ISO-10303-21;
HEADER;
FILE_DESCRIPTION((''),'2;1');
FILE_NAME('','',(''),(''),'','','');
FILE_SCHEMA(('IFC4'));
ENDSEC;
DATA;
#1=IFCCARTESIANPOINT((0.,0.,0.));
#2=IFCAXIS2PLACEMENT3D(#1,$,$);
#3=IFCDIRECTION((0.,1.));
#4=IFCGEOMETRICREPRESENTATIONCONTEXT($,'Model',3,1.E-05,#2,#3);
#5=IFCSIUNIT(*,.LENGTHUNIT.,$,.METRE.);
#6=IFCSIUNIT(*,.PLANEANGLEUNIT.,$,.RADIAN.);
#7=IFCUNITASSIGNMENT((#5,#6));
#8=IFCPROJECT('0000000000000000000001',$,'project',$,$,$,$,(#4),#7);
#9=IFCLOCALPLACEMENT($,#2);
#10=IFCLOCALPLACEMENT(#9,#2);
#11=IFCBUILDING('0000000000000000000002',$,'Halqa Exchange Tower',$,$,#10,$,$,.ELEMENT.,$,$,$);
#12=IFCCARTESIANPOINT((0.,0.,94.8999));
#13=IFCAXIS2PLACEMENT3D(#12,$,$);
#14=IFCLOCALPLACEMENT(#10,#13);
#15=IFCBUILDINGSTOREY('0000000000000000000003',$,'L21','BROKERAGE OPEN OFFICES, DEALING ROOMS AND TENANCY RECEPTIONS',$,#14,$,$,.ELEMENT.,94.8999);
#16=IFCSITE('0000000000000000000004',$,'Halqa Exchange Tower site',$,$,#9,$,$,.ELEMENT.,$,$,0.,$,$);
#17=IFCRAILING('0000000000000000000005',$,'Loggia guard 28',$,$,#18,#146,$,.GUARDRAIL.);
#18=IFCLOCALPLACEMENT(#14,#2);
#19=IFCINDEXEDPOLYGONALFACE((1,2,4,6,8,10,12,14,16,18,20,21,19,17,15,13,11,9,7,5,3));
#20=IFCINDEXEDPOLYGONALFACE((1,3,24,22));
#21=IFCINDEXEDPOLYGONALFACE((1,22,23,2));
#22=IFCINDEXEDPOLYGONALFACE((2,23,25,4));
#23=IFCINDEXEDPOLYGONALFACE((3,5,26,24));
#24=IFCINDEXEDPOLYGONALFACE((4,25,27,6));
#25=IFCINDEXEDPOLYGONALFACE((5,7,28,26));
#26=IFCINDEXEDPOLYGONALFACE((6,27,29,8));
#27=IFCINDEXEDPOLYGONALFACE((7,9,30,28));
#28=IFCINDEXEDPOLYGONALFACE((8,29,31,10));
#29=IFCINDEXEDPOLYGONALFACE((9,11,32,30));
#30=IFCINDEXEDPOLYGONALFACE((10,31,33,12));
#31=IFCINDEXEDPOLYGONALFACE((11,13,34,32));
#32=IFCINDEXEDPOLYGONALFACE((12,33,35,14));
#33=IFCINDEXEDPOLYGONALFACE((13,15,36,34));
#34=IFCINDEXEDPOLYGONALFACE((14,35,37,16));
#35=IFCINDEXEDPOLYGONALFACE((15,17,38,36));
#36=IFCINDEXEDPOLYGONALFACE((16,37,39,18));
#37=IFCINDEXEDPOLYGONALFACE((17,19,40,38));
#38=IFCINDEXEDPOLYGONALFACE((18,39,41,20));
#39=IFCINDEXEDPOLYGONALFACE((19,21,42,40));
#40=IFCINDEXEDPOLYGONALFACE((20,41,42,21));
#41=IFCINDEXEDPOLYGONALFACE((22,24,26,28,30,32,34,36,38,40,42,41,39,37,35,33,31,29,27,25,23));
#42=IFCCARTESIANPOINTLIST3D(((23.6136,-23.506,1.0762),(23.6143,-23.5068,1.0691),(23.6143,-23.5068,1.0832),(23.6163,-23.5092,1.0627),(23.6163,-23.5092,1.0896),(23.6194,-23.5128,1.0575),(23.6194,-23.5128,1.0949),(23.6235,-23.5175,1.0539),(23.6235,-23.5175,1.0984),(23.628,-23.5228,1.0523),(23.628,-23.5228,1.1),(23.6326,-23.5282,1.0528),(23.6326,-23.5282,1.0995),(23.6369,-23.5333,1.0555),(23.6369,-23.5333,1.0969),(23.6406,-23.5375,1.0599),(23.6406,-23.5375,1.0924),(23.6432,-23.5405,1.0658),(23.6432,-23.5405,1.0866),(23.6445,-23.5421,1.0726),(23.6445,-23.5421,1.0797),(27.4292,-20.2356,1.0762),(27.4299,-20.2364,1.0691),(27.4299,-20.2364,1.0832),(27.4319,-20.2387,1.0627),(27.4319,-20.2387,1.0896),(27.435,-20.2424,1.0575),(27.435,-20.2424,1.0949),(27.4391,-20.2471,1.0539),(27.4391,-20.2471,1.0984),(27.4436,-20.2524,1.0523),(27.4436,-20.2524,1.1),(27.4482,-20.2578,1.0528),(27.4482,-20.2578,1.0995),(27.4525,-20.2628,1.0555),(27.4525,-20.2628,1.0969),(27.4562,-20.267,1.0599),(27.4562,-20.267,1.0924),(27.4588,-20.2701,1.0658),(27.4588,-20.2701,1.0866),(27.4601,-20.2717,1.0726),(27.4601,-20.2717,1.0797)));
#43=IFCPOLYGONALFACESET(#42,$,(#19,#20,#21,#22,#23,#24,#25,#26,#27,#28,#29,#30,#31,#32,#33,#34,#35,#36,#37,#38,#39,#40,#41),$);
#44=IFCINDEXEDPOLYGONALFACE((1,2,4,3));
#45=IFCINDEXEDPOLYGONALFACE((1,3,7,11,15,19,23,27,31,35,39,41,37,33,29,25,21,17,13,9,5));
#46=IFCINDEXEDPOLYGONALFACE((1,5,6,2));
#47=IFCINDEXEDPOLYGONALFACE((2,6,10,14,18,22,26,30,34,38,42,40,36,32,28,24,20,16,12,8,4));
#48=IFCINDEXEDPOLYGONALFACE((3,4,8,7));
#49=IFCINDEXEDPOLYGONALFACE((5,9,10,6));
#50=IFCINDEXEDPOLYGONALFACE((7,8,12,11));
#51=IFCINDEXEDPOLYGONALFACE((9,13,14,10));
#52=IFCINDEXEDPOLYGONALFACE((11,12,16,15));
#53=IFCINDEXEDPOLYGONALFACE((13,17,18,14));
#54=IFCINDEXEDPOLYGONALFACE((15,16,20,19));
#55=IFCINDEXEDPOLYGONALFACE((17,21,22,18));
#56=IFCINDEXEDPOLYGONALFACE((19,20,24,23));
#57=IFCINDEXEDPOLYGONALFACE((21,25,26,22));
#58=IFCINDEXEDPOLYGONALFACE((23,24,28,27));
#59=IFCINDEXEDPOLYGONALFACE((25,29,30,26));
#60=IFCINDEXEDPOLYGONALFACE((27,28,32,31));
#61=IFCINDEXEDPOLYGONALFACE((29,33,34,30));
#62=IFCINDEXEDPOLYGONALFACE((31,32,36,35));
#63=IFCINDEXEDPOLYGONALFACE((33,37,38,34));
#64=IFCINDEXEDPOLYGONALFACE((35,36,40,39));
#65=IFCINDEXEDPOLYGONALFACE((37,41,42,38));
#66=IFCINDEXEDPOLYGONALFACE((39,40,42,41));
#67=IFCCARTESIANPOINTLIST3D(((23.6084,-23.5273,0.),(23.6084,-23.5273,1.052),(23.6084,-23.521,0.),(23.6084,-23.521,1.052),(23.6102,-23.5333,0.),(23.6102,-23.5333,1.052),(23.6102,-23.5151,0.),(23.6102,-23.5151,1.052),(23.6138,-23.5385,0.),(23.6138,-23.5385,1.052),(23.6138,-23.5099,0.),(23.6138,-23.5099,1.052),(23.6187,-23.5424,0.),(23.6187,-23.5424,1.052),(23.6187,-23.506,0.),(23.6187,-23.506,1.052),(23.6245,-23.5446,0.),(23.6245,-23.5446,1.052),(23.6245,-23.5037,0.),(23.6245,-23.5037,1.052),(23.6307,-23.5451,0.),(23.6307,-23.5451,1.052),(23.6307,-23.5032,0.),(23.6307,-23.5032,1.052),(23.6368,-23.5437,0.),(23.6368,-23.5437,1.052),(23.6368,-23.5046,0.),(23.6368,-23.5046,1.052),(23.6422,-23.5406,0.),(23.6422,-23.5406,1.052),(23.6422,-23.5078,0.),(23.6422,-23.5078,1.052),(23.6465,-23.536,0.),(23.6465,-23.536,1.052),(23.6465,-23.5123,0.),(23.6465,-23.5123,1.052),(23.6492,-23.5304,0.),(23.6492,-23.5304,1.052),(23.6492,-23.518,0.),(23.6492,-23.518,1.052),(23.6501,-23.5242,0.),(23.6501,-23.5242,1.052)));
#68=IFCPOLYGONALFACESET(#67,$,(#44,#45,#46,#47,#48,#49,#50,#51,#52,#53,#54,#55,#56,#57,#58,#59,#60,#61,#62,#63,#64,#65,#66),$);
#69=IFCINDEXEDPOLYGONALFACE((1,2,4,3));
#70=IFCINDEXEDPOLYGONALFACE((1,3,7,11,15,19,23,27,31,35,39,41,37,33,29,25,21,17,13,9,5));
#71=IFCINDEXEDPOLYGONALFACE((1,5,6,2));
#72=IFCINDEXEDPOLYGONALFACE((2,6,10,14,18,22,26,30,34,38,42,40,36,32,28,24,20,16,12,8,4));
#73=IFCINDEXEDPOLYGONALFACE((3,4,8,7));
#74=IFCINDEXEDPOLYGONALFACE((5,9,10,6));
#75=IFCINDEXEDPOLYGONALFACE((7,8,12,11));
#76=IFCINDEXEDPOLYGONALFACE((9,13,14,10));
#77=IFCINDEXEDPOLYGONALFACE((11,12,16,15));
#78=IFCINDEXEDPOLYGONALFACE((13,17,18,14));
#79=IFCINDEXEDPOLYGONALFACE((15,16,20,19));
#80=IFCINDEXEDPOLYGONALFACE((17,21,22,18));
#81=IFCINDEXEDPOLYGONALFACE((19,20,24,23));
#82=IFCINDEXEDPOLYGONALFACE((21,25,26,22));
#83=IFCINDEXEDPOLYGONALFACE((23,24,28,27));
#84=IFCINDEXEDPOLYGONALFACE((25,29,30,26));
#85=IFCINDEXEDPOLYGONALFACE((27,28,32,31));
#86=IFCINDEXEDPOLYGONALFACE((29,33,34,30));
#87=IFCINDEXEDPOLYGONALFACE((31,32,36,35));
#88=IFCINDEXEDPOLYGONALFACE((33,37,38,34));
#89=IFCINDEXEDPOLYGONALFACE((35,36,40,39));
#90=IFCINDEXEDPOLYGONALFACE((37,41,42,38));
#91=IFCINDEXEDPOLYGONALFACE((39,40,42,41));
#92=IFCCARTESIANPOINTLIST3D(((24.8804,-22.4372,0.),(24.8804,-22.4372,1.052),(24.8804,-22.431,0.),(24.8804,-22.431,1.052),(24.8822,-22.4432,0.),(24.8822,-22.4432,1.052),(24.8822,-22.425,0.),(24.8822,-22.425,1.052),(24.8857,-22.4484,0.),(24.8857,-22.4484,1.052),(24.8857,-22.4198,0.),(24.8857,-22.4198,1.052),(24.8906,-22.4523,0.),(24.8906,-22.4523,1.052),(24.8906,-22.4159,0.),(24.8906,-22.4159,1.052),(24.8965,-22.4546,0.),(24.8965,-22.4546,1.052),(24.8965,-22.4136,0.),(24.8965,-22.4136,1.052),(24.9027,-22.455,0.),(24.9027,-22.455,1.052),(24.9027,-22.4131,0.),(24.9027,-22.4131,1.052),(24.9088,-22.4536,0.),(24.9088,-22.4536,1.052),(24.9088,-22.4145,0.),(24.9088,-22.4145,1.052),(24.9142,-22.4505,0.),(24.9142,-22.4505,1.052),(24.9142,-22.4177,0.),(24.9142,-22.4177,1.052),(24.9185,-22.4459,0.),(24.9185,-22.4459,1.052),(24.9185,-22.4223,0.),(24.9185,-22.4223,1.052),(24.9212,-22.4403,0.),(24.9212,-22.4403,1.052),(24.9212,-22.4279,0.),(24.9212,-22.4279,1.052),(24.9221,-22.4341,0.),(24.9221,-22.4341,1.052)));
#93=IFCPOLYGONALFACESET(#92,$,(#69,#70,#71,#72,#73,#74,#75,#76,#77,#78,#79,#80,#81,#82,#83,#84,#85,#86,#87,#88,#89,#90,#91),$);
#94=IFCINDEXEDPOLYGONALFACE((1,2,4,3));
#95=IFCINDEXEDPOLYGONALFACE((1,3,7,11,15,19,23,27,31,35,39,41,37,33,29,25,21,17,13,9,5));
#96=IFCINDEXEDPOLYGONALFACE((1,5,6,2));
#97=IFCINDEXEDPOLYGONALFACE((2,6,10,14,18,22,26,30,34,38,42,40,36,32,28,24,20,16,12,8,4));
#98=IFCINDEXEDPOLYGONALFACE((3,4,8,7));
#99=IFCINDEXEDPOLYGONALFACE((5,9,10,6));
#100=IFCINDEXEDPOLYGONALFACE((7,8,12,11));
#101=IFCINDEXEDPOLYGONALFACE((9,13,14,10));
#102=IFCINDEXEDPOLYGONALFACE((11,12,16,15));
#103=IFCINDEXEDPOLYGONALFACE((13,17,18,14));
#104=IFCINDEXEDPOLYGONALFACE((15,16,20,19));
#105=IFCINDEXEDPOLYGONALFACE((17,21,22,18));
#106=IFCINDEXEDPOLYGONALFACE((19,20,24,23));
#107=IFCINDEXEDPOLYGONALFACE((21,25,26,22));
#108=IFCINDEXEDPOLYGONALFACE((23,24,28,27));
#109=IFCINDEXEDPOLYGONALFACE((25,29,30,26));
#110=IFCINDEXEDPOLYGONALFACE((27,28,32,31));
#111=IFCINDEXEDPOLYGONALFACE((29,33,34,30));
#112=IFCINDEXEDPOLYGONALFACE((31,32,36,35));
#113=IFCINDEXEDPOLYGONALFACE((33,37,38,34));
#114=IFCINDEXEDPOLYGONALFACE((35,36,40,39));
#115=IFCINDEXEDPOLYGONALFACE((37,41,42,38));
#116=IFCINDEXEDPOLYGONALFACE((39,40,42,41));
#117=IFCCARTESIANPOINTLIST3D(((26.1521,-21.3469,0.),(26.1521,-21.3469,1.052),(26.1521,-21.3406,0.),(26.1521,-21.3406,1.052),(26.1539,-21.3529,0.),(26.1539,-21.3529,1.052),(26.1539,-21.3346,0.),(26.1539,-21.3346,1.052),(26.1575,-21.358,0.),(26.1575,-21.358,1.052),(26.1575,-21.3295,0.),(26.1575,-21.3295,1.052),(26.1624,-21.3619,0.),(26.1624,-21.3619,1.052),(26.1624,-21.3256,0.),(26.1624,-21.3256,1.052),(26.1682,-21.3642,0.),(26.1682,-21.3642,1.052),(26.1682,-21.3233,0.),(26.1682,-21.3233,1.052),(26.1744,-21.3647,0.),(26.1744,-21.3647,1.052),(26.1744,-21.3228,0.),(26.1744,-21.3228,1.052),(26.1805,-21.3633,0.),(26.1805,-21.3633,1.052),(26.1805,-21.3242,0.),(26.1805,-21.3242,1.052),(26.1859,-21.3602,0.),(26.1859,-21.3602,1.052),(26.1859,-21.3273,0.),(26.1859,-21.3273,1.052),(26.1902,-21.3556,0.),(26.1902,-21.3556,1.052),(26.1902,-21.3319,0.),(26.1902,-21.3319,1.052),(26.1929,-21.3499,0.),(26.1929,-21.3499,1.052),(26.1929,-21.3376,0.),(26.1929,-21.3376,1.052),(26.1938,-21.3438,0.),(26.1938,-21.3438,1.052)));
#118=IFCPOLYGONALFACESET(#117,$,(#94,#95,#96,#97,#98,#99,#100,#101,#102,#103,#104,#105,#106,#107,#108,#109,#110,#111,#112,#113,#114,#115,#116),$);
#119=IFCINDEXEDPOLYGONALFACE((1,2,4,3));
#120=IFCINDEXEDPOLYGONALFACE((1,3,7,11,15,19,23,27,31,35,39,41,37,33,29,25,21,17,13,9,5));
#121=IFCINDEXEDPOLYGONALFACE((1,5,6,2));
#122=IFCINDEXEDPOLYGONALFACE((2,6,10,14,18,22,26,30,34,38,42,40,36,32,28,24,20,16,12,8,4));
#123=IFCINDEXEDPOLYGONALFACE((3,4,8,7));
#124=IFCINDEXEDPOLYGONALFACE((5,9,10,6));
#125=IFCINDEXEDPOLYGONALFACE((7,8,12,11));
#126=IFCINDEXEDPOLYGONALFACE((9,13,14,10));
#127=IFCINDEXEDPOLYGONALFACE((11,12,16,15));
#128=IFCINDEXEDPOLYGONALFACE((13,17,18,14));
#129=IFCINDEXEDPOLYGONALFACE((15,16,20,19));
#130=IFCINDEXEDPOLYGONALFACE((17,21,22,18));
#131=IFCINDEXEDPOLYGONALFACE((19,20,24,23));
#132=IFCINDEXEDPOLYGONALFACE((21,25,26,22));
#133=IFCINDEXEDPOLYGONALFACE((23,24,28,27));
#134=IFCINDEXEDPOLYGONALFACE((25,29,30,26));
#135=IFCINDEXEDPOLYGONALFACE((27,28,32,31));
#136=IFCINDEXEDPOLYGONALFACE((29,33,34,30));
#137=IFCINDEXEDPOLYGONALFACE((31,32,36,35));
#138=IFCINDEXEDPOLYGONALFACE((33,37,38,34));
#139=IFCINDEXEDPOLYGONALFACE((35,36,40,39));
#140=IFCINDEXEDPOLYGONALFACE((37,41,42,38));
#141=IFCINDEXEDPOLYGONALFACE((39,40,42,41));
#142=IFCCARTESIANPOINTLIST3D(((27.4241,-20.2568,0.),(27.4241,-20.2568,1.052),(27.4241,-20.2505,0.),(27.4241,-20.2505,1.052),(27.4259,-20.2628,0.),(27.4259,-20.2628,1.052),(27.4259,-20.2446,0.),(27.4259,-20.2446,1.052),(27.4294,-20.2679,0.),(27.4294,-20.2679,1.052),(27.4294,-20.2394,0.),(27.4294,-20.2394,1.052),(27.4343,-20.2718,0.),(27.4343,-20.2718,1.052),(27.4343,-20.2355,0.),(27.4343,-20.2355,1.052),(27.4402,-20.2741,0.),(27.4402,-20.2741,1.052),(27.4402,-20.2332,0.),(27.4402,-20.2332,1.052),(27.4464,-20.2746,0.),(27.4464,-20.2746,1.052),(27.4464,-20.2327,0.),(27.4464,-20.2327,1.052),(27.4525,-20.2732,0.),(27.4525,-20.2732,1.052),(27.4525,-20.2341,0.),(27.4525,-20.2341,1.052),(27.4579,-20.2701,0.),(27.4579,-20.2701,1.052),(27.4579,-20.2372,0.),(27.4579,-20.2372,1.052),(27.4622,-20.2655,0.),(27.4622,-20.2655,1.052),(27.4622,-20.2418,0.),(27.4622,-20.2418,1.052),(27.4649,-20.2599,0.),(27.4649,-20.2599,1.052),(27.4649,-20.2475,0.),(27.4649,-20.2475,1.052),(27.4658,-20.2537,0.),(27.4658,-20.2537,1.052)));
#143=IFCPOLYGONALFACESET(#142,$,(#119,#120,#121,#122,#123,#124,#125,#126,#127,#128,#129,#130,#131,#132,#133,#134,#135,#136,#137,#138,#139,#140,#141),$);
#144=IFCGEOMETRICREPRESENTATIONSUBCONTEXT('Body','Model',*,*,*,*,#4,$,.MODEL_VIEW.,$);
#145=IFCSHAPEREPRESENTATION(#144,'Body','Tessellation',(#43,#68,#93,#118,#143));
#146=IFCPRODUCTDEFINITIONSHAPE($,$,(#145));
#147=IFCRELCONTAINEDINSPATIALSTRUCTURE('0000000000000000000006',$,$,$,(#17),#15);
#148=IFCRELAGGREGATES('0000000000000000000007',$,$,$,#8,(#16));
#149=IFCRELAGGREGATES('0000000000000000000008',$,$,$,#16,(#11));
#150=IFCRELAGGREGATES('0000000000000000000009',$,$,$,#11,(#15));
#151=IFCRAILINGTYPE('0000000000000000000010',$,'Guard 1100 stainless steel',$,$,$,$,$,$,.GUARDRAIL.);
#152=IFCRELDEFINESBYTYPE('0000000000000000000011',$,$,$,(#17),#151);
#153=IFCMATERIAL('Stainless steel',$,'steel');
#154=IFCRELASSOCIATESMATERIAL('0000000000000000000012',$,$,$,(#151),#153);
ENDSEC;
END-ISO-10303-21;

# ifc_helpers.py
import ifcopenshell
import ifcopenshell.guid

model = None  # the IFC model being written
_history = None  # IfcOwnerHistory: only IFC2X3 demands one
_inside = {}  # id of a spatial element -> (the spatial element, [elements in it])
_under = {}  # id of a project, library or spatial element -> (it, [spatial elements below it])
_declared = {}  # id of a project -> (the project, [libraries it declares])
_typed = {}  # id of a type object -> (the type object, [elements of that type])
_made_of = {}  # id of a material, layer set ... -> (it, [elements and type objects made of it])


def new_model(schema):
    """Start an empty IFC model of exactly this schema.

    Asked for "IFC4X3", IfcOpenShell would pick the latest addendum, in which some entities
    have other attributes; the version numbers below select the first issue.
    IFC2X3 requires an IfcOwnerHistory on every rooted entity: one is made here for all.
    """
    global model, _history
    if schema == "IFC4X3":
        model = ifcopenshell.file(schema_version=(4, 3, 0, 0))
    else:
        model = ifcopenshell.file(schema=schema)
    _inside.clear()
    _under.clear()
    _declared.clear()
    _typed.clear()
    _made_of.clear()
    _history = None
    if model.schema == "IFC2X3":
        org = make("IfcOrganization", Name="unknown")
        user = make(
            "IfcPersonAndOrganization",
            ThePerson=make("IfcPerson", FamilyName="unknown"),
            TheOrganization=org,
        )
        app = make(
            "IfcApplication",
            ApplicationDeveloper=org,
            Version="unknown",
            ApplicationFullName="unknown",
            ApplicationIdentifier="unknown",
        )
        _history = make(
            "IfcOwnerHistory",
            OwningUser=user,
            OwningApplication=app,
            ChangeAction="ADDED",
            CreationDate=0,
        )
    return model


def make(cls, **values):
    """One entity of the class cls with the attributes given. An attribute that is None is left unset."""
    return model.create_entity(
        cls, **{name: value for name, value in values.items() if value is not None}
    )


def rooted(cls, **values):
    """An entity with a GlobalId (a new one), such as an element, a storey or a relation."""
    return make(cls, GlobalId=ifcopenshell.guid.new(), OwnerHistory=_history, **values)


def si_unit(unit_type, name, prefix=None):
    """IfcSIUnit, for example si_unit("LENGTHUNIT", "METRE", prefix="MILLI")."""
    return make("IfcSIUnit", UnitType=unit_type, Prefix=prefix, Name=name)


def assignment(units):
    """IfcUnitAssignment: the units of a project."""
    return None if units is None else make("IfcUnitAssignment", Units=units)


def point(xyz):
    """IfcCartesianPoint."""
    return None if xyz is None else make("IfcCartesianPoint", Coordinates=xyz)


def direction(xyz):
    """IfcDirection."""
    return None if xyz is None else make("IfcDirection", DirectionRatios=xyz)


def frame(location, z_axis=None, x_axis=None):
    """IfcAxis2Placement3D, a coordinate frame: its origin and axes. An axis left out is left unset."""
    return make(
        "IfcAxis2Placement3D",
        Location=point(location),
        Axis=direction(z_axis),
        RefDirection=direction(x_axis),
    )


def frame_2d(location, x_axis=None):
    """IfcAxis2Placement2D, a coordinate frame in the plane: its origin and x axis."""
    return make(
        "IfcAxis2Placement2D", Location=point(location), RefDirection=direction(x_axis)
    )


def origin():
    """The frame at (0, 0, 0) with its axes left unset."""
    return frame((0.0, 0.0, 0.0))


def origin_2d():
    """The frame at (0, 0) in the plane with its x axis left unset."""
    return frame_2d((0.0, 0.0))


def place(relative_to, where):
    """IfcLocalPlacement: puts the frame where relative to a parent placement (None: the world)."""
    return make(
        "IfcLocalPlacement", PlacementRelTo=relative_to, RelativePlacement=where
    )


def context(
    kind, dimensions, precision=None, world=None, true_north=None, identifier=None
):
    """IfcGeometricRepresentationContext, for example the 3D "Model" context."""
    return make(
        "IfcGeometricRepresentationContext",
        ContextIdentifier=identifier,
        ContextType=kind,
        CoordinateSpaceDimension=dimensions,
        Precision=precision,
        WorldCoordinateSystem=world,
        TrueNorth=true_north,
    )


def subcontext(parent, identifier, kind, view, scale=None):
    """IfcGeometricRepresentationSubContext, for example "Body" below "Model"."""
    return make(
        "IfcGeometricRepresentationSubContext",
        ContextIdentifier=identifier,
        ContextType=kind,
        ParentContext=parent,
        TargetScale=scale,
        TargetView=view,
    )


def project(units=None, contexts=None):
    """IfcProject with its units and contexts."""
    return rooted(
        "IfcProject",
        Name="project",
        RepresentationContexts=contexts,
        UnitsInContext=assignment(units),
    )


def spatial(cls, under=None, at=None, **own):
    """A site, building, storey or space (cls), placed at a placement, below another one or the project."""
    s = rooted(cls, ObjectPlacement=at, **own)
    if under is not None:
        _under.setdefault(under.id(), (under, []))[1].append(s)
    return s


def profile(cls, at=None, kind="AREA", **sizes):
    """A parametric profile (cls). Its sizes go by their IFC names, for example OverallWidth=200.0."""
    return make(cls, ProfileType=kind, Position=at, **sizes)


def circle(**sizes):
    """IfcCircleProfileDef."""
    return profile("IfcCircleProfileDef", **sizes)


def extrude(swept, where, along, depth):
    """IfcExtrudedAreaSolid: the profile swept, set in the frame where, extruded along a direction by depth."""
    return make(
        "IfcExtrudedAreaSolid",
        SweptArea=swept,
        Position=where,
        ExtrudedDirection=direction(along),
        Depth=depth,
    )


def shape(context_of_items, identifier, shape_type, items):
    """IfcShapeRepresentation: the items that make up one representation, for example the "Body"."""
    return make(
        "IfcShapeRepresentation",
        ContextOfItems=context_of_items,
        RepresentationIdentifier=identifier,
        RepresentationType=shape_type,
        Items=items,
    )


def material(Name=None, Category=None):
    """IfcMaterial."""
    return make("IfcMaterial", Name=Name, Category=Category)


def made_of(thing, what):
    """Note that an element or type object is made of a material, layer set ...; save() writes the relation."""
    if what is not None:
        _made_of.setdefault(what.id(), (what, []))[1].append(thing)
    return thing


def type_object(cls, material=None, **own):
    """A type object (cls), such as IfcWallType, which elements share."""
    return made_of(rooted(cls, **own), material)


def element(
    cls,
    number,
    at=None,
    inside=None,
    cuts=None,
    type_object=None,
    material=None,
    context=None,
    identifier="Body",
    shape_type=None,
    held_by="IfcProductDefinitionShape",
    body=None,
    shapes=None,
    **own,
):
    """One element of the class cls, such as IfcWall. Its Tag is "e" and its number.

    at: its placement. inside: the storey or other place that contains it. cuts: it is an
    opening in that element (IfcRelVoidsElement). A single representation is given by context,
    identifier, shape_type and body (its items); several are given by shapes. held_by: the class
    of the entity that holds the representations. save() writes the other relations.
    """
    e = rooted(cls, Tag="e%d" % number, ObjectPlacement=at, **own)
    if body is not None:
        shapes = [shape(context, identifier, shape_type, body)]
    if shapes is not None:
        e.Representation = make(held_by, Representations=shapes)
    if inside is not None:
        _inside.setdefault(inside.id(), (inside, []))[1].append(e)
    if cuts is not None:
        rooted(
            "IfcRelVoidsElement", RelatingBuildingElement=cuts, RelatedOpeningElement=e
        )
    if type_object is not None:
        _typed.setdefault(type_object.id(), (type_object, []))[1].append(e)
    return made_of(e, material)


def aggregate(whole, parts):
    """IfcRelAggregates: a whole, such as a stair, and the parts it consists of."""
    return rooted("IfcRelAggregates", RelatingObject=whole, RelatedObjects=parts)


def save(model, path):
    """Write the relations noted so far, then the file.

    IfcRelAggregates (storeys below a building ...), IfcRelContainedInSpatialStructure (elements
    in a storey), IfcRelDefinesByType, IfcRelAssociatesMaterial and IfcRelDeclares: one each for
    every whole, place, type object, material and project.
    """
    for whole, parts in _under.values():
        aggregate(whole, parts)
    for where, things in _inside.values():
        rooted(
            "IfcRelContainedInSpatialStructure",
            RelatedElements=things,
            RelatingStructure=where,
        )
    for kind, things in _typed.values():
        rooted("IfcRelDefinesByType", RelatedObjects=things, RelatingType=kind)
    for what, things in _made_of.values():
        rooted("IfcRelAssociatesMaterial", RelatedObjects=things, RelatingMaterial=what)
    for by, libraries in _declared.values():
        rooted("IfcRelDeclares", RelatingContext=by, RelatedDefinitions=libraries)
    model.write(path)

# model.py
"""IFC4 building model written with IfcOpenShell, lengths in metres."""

from ifc_helpers import new_model, si_unit, direction, frame, origin, origin_2d, place, context, subcontext, project, spatial, circle, extrude, material, type_object, element, save


model = new_model("IFC4")

# Units and contexts
model_context = context("Model", 3, precision=1e-05, world=origin(), true_north=direction((0.0, 1.0)))
body_context = subcontext(model_context, "Body", "Model", "MODEL_VIEW")
ifc_project = project(units=[si_unit("LENGTHUNIT", "METRE"), si_unit("PLANEANGLEUNIT", "RADIAN")], contexts=[model_context])

# Site, building, storey
site_placement = place(None, origin())
site = spatial("IfcSite", under=ifc_project, at=site_placement, Name="Halqa Exchange Tower site", CompositionType="ELEMENT", RefElevation=0.0)
building_placement = place(site_placement, origin())
building = spatial("IfcBuilding", under=site, at=building_placement, Name="Halqa Exchange Tower", CompositionType="ELEMENT")
storey_placement = place(building_placement, frame((0.0, 0.0, 94.8999)))
storey = spatial("IfcBuildingStorey", under=building, at=storey_placement, Name="L21", Description="BROKERAGE OPEN OFFICES, DEALING ROOMS AND TENANCY RECEPTIONS", CompositionType="ELEMENT", Elevation=94.8999)

# Railing
ifc_material_1 = material(Name="Stainless steel", Category="steel")
railing_type = type_object("IfcRailingType", Name="Guard 1100 stainless steel", PredefinedType="GUARDRAIL", material=ifc_material_1)
railing_1_placement = place(storey_placement, frame((23.6292, -23.5242, 0.0)))
element("IfcRailing", 1, at=railing_1_placement, inside=storey, type_object=railing_type, Name="Loggia guard 28", PredefinedType="GUARDRAIL", context=body_context, shape_type="SweptSolid", body=[
    extrude(circle(Radius=0.0239, at=origin_2d()), frame((0.0, 0.0, 1.0762), z_axis=(0.759263, 0.650783, 0.0), x_axis=(-0.650783, 0.759263, 0.0)), (0.0, 0.0, 1.0), 5.0254),
    extrude(circle(Radius=0.021, at=origin_2d()), origin(), (0.0, 0.0, 1.0), 1.052),
    extrude(circle(Radius=0.021, at=origin_2d()), frame((1.272, 1.0901, 0.0)), (0.0, 0.0, 1.0), 1.052),
    extrude(circle(Radius=0.021, at=origin_2d()), frame((2.5437, 2.1804, 0.0)), (0.0, 0.0, 1.0), 1.052),
    extrude(circle(Radius=0.021, at=origin_2d()), frame((3.8157, 3.2705, 0.0)), (0.0, 0.0, 1.0), 1.052),
])

save(model, "model.ifc")
